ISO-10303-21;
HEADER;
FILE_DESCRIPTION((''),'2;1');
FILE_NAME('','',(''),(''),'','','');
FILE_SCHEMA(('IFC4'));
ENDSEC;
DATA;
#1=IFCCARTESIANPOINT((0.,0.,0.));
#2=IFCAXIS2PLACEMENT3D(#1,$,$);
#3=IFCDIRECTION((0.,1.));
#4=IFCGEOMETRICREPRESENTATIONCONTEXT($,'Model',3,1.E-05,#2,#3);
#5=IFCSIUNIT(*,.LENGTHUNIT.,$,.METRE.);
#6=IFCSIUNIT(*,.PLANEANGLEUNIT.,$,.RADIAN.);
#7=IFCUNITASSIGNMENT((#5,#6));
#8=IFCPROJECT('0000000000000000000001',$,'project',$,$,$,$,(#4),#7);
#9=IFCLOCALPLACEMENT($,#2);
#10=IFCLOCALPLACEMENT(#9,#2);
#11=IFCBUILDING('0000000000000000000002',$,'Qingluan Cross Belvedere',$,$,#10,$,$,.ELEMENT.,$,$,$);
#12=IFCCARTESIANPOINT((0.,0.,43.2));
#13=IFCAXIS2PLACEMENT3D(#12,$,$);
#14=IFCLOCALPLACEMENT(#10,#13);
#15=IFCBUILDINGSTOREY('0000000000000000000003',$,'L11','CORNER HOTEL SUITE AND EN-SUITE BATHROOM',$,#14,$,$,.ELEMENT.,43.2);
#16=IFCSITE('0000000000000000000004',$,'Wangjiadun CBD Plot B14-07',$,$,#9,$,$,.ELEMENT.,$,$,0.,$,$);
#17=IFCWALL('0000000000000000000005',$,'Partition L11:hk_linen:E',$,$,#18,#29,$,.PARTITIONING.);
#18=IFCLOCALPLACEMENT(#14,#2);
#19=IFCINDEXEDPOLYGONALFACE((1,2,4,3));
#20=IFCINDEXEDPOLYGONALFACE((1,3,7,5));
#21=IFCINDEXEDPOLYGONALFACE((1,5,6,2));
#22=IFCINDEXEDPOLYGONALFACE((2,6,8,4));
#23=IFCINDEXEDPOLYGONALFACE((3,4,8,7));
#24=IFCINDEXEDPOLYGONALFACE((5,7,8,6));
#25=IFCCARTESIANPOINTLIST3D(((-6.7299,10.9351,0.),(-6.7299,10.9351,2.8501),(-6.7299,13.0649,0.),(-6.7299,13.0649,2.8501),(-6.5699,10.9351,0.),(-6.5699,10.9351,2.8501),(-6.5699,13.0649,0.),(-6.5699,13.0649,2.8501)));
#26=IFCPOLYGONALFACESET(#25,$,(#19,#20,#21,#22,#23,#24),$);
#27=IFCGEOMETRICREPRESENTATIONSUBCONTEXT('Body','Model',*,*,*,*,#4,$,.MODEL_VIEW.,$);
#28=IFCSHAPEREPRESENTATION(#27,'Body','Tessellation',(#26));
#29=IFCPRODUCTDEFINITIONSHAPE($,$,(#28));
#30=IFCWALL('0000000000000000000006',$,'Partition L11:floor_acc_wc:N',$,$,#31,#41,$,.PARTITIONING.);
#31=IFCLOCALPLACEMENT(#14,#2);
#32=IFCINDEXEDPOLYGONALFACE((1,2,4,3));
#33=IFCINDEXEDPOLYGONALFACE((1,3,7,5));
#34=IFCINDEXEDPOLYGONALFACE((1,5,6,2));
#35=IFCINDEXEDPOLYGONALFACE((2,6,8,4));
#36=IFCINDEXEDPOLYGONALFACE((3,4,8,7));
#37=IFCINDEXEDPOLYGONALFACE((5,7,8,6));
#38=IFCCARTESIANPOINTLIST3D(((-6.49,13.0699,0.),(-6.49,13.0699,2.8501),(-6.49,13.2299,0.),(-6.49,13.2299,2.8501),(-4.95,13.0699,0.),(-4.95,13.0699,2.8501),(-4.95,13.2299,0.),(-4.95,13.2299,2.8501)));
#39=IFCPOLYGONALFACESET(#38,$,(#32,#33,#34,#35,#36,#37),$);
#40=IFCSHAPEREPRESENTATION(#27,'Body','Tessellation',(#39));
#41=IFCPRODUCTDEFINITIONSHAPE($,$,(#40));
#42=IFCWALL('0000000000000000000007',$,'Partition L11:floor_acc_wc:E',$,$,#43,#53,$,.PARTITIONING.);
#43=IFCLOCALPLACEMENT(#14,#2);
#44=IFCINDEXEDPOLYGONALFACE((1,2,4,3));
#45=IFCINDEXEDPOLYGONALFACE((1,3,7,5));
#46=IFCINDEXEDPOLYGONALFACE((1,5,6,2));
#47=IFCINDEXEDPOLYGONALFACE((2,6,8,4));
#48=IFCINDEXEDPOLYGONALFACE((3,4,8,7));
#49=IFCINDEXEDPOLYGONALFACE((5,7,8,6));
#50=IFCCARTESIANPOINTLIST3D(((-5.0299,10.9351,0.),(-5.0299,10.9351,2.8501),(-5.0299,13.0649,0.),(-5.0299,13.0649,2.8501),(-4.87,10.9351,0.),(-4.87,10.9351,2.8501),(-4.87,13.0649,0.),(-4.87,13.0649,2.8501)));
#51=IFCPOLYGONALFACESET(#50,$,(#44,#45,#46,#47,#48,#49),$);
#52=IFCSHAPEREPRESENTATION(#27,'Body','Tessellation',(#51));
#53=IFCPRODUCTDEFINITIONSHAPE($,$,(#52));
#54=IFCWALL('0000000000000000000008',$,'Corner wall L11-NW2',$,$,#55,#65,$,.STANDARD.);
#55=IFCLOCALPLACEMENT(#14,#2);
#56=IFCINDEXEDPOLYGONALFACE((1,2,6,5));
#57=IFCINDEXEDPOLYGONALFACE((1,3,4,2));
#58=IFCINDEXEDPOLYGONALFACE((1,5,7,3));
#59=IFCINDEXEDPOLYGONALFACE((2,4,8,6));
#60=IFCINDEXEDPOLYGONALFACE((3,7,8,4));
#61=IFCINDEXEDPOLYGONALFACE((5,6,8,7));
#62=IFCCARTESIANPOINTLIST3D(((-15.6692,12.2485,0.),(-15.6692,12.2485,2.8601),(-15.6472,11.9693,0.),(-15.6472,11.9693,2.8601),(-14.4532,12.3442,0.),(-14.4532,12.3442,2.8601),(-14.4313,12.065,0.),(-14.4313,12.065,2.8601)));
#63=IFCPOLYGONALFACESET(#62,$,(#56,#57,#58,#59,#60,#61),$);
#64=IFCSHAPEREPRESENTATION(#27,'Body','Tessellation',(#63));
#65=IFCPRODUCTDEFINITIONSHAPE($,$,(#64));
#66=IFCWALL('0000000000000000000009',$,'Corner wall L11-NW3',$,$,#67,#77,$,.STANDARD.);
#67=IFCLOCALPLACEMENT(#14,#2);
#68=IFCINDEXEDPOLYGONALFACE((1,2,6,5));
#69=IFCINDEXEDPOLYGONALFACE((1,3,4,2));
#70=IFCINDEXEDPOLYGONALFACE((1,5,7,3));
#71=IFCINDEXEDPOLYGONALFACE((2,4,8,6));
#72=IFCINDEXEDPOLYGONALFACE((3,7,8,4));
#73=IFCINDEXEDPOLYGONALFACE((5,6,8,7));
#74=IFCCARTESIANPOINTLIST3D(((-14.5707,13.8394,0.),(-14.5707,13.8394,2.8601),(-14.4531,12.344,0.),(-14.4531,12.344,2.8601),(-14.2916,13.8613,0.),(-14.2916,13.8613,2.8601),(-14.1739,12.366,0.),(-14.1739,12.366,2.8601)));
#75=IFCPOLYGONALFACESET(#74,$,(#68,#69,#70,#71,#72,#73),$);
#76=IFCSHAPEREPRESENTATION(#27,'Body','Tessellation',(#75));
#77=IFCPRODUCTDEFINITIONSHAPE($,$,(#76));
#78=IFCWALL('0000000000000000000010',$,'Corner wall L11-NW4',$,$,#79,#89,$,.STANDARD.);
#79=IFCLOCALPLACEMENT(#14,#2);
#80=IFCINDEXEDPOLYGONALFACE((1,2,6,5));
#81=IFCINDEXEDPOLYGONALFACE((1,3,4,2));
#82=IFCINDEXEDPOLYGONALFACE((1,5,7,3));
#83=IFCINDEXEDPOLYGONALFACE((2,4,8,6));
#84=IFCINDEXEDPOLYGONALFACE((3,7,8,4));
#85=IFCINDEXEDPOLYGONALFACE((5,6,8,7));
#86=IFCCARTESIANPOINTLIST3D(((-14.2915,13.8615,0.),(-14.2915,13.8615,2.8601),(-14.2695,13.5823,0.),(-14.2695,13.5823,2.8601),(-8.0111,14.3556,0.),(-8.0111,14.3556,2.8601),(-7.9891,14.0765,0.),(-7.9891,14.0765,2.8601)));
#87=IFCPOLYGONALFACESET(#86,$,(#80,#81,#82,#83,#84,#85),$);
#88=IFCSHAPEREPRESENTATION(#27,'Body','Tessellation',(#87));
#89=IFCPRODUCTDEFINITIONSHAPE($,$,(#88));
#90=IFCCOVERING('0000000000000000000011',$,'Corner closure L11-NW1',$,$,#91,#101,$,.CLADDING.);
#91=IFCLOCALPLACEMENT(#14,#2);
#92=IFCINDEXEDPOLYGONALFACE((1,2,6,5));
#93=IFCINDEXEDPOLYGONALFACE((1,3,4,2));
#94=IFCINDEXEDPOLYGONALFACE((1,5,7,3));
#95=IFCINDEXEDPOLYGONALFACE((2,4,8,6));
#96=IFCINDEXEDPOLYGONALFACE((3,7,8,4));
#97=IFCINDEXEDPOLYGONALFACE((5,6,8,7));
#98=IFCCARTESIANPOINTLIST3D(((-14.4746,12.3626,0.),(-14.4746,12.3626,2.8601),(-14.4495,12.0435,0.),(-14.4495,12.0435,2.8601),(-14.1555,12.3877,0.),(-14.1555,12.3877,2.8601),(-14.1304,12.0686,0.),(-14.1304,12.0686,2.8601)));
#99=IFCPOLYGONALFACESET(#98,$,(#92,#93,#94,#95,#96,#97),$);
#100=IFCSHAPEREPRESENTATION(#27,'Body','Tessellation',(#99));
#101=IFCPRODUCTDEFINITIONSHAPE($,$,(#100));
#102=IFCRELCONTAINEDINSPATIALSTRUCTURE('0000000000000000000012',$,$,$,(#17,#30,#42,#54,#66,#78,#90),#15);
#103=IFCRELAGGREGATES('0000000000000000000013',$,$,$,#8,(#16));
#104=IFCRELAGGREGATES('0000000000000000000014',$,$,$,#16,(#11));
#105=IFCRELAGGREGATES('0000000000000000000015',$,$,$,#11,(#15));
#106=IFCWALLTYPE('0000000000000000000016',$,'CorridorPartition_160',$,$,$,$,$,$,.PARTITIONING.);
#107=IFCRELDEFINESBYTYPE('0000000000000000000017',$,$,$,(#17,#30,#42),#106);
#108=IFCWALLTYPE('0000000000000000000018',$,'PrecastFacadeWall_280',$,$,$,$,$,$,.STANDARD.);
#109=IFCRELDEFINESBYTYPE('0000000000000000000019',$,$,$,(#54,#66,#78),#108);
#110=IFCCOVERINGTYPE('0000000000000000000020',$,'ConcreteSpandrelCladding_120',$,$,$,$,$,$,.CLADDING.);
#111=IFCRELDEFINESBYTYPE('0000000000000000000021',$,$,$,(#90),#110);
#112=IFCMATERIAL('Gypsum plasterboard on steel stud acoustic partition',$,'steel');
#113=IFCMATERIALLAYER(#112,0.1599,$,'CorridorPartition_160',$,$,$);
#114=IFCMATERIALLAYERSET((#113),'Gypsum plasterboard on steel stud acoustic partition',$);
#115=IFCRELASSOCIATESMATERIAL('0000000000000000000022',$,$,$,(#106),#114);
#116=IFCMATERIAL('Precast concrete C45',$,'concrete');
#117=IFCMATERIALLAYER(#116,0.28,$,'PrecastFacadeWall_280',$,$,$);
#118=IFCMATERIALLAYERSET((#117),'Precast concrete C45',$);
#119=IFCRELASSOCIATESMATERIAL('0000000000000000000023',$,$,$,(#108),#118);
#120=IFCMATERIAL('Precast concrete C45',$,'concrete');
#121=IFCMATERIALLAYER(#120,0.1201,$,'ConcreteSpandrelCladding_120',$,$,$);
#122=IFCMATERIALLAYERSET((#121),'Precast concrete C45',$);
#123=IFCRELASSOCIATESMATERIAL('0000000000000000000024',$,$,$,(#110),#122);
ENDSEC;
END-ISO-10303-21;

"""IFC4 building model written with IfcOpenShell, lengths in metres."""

from ifc_helpers import new_model, si_unit, direction, frame, frame_2d, origin, origin_2d, place, context, subcontext, project, spatial, rectangle, extrude, material, layer, layer_set, type_object, element, save


model = new_model("IFC4")

# Units and contexts
model_context = context("Model", 3, precision=1e-05, world=origin(), true_north=direction((0.0, 1.0)))
body_context = subcontext(model_context, "Body", "Model", "MODEL_VIEW")
ifc_project = project(units=[si_unit("LENGTHUNIT", "METRE"), si_unit("PLANEANGLEUNIT", "RADIAN")], contexts=[model_context])

# Site, building, storey
site_placement = place(None, origin())
site = spatial("IfcSite", under=ifc_project, at=site_placement, Name="Wangjiadun CBD Plot B14-07", CompositionType="ELEMENT", RefElevation=0.0)
building_placement = place(site_placement, origin())
building = spatial("IfcBuilding", under=site, at=building_placement, Name="Qingluan Cross Belvedere", CompositionType="ELEMENT")
storey_placement = place(building_placement, frame((0.0, 0.0, 43.2)))
storey = spatial("IfcBuildingStorey", under=building, at=storey_placement, Name="L11", Description="CORNER HOTEL SUITE AND EN-SUITE BATHROOM", CompositionType="ELEMENT", Elevation=43.2)

# Wall
ifc_material_1 = material(Name="Gypsum plasterboard on steel stud acoustic partition", Category="steel")
ifc_layer_1 = layer(ifc_material_1, 0.1599, Name="CorridorPartition_160")
ifc_layer_set_1 = layer_set([ifc_layer_1], Name="Gypsum plasterboard on steel stud acoustic partition")
wall_type_1 = type_object("IfcWallType", Name="CorridorPartition_160", PredefinedType="PARTITIONING", material=ifc_layer_set_1)
wall_1_placement = place(storey_placement, frame((-6.6499, 10.9351, 0.0), z_axis=(0.0, 0.0, 1.0), x_axis=(0.0, 1.0, 0.0)))
element("IfcWall", 1, at=wall_1_placement, inside=storey, type_object=wall_type_1, Name="Partition L11:hk_linen:E", PredefinedType="PARTITIONING", context=body_context, shape_type="SweptSolid", body=[
    extrude(rectangle(XDim=2.1299, YDim=0.1599, at=frame_2d((1.0649, 0.0))), origin(), (0.0, 0.0, 1.0), 2.8501),
])

# Walls
wall_2_placement = place(storey_placement, frame((-6.49, 13.1499, 0.0), z_axis=(0.0, 0.0, 1.0), x_axis=(1.0, 0.0, 0.0)))
element("IfcWall", 2, at=wall_2_placement, inside=storey, type_object=wall_type_1, Name="Partition L11:floor_acc_wc:N", PredefinedType="PARTITIONING", context=body_context, shape_type="SweptSolid", body=[
    extrude(rectangle(XDim=1.54, YDim=0.1599, at=frame_2d((0.77, 0.0))), origin(), (0.0, 0.0, 1.0), 2.8501),
])
wall_3_placement = place(storey_placement, frame((-4.95, 10.9351, 0.0), z_axis=(0.0, 0.0, 1.0), x_axis=(0.0, 1.0, 0.0)))
element("IfcWall", 3, at=wall_3_placement, inside=storey, type_object=wall_type_1, Name="Partition L11:floor_acc_wc:E", PredefinedType="PARTITIONING", context=body_context, shape_type="SweptSolid", body=[
    extrude(rectangle(XDim=2.1299, YDim=0.1599, at=frame_2d((1.0649, 0.0))), origin(), (0.0, 0.0, 1.0), 2.8501),
])
ifc_material_2 = material(Name="Precast concrete C45", Category="concrete")
ifc_layer_2 = layer(ifc_material_2, 0.28, Name="PrecastFacadeWall_280")
ifc_layer_set_2 = layer_set([ifc_layer_2], Name="Precast concrete C45")
wall_type_2 = type_object("IfcWallType", Name="PrecastFacadeWall_280", PredefinedType="STANDARD", material=ifc_layer_set_2)
wall_4_placement = place(storey_placement, frame((-15.6582, 12.1089, 0.0), z_axis=(0.0, 0.0, 1.0), x_axis=(0.996918, 0.078456, 0.0)))
element("IfcWall", 4, at=wall_4_placement, inside=storey, type_object=wall_type_2, Name="Corner wall L11-NW2", PredefinedType="STANDARD", context=body_context, shape_type="SweptSolid", body=[
    extrude(rectangle(XDim=1.2197, YDim=0.28, at=frame_2d((0.6099, 0.0))), origin(), (0.0, 0.0, 1.0), 2.8601),
])
wall_5_placement = place(storey_placement, frame((-14.3135, 12.355, 0.0), z_axis=(0.0, 0.0, 1.0), x_axis=(-0.078451, 0.996918, 0.0)))
element("IfcWall", 5, at=wall_5_placement, inside=storey, type_object=wall_type_2, Name="Corner wall L11-NW3", PredefinedType="STANDARD", context=body_context, shape_type="SweptSolid", body=[
    extrude(rectangle(XDim=1.5, YDim=0.28, at=frame_2d((0.75, 0.0))), origin(), (0.0, 0.0, 1.0), 2.8601),
])
wall_6_placement = place(storey_placement, frame((-14.2805, 13.7219, 0.0), z_axis=(0.0, 0.0, 1.0), x_axis=(0.996919, 0.078436, 0.0)))
element("IfcWall", 6, at=wall_6_placement, inside=storey, type_object=wall_type_2, Name="Corner wall L11-NW4", PredefinedType="STANDARD", context=body_context, shape_type="SweptSolid", body=[
    extrude(rectangle(XDim=6.2998, YDim=0.28, at=frame_2d((3.1499, 0.0))), origin(), (0.0, 0.0, 1.0), 2.8601),
])

# Covering
ifc_material_3 = material(Name="Precast concrete C45", Category="concrete")
ifc_layer_3 = layer(ifc_material_3, 0.1201, Name="ConcreteSpandrelCladding_120")
ifc_layer_set_3 = layer_set([ifc_layer_3], Name="Precast concrete C45")
covering_type = type_object("IfcCoveringType", Name="ConcreteSpandrelCladding_120", PredefinedType="CLADDING", material=ifc_layer_set_3)
covering_placement = place(storey_placement, frame((-14.3025, 12.2156, 0.0), z_axis=(0.0, 0.0, 1.0), x_axis=(0.996917, 0.078459, 0.0)))
element("IfcCovering", 7, at=covering_placement, inside=storey, type_object=covering_type, Name="Corner closure L11-NW1", PredefinedType="CLADDING", context=body_context, shape_type="SweptSolid", body=[
    extrude(rectangle(XDim=0.3201, YDim=0.3201, at=origin_2d()), origin(), (0.0, 0.0, 1.0), 2.8601),
])

save(model, "model.ifc")
